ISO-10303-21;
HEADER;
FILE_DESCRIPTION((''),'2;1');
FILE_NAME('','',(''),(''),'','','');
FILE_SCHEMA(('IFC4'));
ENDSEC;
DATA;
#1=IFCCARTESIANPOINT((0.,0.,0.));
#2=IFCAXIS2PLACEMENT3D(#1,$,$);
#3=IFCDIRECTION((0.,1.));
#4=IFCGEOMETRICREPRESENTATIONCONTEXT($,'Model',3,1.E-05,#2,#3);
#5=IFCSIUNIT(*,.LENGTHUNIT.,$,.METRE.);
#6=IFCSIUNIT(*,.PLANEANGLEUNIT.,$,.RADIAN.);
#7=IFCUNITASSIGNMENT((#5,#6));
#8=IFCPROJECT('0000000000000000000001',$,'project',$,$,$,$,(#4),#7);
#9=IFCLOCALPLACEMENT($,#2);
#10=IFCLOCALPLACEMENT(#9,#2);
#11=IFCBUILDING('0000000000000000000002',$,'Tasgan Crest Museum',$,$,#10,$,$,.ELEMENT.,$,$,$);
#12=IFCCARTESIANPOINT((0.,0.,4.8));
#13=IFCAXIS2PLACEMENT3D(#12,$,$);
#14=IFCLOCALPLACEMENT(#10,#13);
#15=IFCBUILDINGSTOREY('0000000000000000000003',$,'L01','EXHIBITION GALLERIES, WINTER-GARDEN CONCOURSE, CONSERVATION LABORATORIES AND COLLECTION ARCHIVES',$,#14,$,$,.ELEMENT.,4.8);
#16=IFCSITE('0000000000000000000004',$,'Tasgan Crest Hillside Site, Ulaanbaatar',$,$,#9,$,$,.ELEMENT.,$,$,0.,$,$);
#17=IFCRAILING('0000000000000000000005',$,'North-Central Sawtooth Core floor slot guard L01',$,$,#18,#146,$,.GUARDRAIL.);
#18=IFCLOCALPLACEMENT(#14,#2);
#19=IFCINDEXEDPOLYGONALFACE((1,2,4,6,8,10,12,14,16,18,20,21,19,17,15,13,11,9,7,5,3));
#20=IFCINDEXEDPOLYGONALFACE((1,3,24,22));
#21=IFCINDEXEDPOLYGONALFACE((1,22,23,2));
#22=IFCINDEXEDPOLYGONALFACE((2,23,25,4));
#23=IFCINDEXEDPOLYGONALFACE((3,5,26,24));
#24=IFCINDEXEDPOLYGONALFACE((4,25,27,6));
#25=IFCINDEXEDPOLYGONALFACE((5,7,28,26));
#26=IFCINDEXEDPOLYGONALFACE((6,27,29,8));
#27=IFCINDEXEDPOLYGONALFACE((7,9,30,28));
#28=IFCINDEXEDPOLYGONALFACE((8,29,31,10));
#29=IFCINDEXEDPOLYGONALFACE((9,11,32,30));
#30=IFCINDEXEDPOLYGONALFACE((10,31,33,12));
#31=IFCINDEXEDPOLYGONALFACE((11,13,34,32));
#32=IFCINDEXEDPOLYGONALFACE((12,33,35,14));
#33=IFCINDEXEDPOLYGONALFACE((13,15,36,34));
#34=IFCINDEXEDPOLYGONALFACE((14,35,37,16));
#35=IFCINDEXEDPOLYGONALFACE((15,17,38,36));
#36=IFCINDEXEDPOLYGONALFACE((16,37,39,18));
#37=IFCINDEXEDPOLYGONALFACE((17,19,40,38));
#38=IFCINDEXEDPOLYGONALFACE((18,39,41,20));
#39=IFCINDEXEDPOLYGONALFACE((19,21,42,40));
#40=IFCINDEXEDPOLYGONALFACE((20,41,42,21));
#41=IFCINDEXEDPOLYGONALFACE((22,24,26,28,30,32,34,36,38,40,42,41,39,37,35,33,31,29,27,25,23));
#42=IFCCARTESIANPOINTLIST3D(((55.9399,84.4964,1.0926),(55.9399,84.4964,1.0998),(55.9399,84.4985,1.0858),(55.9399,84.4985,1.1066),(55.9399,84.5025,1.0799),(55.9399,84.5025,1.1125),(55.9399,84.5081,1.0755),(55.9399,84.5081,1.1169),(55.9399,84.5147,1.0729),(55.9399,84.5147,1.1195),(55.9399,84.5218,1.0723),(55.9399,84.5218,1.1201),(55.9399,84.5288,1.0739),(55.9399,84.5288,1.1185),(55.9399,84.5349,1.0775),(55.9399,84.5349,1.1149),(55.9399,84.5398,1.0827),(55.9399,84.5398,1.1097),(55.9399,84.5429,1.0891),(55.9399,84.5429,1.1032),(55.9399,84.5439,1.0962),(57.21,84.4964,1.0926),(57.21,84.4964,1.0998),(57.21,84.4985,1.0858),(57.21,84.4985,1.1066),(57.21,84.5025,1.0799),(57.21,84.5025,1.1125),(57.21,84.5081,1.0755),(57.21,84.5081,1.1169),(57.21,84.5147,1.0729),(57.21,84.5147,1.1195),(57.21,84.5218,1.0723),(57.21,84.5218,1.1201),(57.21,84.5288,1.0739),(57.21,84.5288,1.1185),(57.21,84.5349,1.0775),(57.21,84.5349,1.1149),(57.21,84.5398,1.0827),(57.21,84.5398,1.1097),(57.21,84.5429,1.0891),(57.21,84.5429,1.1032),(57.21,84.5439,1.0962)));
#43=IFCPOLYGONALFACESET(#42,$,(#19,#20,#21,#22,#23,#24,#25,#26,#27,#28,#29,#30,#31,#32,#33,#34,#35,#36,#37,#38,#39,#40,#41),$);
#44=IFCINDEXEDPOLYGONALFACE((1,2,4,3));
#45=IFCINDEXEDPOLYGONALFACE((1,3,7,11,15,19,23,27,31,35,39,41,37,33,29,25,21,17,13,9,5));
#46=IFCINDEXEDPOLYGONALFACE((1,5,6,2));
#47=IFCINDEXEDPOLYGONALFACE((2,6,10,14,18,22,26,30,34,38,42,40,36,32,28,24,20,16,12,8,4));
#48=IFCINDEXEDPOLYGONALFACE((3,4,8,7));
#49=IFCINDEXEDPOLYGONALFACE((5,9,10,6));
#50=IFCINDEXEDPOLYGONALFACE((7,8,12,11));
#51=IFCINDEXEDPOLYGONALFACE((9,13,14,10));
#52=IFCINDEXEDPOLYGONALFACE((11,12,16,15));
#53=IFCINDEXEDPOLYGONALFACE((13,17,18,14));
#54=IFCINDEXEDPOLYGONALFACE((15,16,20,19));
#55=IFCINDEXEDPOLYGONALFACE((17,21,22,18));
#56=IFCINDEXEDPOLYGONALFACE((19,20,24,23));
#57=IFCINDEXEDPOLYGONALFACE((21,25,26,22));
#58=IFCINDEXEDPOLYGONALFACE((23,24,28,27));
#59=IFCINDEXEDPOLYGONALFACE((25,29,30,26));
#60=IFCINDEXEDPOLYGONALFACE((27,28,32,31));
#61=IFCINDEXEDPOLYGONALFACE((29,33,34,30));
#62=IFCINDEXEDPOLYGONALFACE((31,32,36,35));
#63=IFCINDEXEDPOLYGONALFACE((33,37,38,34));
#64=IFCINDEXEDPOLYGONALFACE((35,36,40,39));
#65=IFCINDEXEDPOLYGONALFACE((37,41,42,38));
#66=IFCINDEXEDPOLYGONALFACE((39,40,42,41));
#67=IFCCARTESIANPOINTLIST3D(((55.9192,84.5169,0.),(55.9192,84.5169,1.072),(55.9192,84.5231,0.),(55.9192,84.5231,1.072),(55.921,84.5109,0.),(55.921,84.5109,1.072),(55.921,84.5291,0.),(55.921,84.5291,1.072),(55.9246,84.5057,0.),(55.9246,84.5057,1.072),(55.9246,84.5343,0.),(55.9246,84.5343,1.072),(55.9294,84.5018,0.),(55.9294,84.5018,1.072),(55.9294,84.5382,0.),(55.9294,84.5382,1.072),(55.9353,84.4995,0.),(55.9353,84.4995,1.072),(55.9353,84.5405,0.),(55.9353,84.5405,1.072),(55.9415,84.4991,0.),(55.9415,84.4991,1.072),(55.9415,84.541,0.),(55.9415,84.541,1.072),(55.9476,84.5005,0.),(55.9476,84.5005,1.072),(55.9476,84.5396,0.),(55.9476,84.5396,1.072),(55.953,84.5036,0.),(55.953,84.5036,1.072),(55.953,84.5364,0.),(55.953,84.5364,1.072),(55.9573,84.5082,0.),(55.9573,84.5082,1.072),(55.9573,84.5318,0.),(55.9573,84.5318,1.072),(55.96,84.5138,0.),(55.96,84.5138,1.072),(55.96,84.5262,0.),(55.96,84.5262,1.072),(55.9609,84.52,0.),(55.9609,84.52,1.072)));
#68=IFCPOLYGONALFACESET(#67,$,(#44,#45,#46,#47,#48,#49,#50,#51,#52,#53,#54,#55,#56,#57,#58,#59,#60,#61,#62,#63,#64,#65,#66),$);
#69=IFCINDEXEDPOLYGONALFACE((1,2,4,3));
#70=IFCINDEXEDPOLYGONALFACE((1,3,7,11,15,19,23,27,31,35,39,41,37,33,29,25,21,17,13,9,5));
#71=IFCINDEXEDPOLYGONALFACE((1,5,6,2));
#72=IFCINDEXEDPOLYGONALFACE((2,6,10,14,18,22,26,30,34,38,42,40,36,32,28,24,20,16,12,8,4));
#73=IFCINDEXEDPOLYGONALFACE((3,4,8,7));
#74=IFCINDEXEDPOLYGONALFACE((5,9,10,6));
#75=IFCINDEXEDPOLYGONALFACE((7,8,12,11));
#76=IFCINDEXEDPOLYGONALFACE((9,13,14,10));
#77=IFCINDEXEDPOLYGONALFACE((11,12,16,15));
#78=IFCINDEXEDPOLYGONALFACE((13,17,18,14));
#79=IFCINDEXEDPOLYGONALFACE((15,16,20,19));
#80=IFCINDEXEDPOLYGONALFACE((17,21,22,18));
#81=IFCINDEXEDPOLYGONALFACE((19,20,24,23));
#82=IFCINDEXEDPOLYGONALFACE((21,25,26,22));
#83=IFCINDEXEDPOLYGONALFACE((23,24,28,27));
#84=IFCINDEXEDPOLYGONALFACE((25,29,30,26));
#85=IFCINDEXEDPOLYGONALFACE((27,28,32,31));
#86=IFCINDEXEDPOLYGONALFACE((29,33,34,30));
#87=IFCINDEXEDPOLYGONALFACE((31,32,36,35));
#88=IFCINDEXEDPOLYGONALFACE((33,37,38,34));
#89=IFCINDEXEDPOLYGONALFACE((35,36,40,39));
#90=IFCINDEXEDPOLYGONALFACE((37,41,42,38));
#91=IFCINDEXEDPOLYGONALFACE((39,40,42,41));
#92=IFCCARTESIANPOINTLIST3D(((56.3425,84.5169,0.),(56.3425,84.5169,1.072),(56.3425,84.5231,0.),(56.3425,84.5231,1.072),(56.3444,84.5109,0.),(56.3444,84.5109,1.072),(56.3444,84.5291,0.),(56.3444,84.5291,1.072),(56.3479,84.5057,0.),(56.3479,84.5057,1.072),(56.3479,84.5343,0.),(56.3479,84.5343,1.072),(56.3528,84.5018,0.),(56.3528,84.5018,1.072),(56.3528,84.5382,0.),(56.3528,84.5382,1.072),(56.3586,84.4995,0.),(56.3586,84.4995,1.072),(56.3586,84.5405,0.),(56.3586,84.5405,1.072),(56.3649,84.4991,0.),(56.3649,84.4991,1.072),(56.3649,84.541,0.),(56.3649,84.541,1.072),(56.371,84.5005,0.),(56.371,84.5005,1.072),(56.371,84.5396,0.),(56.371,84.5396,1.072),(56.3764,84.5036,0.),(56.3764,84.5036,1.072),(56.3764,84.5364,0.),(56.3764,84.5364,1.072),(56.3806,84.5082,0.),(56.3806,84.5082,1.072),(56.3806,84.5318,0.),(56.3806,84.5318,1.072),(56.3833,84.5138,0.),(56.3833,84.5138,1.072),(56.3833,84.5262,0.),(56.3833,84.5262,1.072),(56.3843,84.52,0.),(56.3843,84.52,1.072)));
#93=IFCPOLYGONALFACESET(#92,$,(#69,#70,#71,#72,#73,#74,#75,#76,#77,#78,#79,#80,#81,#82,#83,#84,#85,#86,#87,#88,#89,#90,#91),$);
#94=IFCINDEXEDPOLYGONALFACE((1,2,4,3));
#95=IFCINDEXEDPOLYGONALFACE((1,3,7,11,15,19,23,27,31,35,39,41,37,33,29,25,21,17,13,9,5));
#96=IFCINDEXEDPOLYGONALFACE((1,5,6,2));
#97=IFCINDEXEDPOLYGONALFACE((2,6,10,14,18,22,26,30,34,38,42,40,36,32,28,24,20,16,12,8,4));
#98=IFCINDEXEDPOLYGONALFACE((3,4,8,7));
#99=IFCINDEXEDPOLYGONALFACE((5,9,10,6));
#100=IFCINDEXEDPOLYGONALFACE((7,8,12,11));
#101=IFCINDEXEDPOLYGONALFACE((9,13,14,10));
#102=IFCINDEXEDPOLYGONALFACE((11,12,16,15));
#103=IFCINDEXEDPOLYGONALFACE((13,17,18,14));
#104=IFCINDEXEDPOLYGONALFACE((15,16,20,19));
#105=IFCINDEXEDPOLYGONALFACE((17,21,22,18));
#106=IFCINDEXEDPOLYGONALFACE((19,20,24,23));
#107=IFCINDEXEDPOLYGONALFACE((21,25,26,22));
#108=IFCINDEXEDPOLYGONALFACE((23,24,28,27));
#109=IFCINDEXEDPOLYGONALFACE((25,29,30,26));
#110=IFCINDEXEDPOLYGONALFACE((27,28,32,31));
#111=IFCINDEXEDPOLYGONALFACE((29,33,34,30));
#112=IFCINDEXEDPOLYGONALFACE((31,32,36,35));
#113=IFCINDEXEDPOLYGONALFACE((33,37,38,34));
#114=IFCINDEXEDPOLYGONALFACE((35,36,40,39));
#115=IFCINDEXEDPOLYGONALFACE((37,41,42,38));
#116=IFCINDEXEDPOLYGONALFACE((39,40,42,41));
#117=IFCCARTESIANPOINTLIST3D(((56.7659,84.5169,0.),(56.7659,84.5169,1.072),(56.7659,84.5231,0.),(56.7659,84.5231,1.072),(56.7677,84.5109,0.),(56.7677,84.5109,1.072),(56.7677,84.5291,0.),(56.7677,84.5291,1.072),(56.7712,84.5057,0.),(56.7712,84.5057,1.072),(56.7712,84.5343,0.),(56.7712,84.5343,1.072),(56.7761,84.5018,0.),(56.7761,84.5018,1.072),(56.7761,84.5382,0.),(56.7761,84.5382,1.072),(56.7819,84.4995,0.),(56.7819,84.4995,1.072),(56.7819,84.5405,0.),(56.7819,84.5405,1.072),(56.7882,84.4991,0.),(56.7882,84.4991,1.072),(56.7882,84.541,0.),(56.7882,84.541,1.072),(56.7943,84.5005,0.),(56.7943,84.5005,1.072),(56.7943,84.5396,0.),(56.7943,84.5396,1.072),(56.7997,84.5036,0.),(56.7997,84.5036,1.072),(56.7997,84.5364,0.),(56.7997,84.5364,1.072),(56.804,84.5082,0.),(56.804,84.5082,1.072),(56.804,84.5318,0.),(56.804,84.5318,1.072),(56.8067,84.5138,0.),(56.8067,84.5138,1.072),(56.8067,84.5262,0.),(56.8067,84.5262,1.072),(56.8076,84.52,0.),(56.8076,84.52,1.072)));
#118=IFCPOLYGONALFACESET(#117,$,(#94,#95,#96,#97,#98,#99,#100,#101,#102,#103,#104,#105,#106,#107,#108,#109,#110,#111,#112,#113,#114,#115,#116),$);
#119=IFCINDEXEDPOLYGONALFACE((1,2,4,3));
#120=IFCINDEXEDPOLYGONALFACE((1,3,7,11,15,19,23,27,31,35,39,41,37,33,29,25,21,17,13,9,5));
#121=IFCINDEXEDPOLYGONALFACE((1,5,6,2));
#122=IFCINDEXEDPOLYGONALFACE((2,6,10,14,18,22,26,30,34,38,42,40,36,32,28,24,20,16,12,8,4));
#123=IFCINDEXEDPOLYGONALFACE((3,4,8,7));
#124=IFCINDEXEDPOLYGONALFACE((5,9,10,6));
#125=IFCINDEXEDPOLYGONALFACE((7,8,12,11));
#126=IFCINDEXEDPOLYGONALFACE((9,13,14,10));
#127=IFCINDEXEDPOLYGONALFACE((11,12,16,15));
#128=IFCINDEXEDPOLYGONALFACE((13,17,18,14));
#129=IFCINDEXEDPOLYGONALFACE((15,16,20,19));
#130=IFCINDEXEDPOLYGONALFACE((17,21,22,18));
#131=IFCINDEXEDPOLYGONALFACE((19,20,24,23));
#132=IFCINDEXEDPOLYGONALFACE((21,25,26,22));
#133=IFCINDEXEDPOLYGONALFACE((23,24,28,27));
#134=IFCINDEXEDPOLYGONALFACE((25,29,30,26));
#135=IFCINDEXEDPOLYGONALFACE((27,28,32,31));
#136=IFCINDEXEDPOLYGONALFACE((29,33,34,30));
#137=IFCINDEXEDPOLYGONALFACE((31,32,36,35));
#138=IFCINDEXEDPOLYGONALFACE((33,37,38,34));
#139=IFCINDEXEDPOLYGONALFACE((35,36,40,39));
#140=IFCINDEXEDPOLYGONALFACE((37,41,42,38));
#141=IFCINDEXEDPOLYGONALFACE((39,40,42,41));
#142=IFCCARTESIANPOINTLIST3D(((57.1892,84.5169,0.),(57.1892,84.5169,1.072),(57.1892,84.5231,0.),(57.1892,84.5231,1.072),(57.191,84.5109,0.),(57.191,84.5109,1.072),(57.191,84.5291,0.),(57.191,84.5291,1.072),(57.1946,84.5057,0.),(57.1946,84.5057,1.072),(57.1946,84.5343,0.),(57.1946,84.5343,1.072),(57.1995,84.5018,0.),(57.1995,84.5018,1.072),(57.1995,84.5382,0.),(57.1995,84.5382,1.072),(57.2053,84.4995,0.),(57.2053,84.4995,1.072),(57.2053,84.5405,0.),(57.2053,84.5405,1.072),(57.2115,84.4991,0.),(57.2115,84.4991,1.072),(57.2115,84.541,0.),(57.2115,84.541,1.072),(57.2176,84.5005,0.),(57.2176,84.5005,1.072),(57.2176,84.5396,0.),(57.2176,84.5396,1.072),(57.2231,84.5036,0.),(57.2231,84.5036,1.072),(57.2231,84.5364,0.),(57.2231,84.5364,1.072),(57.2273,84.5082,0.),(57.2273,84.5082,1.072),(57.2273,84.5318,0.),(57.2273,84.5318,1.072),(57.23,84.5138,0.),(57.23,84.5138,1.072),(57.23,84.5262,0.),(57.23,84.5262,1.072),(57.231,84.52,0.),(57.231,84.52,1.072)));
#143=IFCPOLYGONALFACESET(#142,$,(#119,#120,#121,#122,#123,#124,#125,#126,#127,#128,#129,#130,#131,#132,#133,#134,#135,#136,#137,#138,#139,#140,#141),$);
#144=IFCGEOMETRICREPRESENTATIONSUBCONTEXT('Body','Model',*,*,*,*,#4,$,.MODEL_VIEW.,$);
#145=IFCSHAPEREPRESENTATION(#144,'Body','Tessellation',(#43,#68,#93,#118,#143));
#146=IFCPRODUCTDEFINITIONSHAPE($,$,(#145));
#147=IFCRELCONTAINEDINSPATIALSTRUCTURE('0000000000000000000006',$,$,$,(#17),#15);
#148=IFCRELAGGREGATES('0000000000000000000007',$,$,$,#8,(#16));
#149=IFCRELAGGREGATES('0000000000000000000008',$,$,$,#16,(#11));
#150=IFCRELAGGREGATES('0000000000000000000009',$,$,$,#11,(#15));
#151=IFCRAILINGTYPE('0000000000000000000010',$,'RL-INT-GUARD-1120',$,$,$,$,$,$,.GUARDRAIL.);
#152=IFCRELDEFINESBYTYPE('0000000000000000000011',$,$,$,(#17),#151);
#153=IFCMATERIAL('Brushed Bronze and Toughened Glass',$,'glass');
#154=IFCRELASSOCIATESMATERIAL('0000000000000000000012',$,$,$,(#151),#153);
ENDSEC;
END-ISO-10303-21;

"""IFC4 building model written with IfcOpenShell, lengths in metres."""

from ifc_helpers import new_model, si_unit, direction, frame, origin, origin_2d, place, context, subcontext, project, spatial, circle, extrude, material, type_object, element, save


model = new_model("IFC4")

# Units and contexts
model_context = context("Model", 3, precision=1e-05, world=origin(), true_north=direction((0.0, 1.0)))
body_context = subcontext(model_context, "Body", "Model", "MODEL_VIEW")
ifc_project = project(units=[si_unit("LENGTHUNIT", "METRE"), si_unit("PLANEANGLEUNIT", "RADIAN")], contexts=[model_context])

# Site, building, storey
site_placement = place(None, origin())
site = spatial("IfcSite", under=ifc_project, at=site_placement, Name="Tasgan Crest Hillside Site, Ulaanbaatar", CompositionType="ELEMENT", RefElevation=0.0)
building_placement = place(site_placement, origin())
building = spatial("IfcBuilding", under=site, at=building_placement, Name="Tasgan Crest Museum", CompositionType="ELEMENT")
storey_placement = place(building_placement, frame((0.0, 0.0, 4.8)))
storey = spatial("IfcBuildingStorey", under=building, at=storey_placement, Name="L01", Description="EXHIBITION GALLERIES, WINTER-GARDEN CONCOURSE, CONSERVATION LABORATORIES AND COLLECTION ARCHIVES", CompositionType="ELEMENT", Elevation=4.8)

# Railing
ifc_material_1 = material(Name="Brushed Bronze and Toughened Glass", Category="glass")
railing_type_1 = type_object("IfcRailingType", Name="RL-INT-GUARD-1120", PredefinedType="GUARDRAIL", material=ifc_material_1)
railing_placement = place(storey_placement, frame((55.9399, 84.52, 0.0)))
element("IfcRailing", 1, at=railing_placement, inside=storey, type_object=railing_type_1, Name="North-Central Sawtooth Core floor slot guard L01", PredefinedType="GUARDRAIL", context=body_context, shape_type="SweptSolid", body=[
    extrude(circle(Radius=0.0239, at=origin_2d()), frame((0.0, 0.0, 1.0962), z_axis=(1.0, 0.0, 0.0), x_axis=(0.0, 1.0, 0.0)), (0.0, 0.0, 1.0), 1.27),
    extrude(circle(Radius=0.021, at=origin_2d()), origin(), (0.0, 0.0, 1.0), 1.072),
    extrude(circle(Radius=0.021, at=origin_2d()), frame((0.4233, 0.0, 0.0)), (0.0, 0.0, 1.0), 1.072),
    extrude(circle(Radius=0.021, at=origin_2d()), frame((0.8467, 0.0, 0.0)), (0.0, 0.0, 1.0), 1.072),
    extrude(circle(Radius=0.021, at=origin_2d()), frame((1.27, 0.0, 0.0)), (0.0, 0.0, 1.0), 1.072),
])

save(model, "model.ifc")
